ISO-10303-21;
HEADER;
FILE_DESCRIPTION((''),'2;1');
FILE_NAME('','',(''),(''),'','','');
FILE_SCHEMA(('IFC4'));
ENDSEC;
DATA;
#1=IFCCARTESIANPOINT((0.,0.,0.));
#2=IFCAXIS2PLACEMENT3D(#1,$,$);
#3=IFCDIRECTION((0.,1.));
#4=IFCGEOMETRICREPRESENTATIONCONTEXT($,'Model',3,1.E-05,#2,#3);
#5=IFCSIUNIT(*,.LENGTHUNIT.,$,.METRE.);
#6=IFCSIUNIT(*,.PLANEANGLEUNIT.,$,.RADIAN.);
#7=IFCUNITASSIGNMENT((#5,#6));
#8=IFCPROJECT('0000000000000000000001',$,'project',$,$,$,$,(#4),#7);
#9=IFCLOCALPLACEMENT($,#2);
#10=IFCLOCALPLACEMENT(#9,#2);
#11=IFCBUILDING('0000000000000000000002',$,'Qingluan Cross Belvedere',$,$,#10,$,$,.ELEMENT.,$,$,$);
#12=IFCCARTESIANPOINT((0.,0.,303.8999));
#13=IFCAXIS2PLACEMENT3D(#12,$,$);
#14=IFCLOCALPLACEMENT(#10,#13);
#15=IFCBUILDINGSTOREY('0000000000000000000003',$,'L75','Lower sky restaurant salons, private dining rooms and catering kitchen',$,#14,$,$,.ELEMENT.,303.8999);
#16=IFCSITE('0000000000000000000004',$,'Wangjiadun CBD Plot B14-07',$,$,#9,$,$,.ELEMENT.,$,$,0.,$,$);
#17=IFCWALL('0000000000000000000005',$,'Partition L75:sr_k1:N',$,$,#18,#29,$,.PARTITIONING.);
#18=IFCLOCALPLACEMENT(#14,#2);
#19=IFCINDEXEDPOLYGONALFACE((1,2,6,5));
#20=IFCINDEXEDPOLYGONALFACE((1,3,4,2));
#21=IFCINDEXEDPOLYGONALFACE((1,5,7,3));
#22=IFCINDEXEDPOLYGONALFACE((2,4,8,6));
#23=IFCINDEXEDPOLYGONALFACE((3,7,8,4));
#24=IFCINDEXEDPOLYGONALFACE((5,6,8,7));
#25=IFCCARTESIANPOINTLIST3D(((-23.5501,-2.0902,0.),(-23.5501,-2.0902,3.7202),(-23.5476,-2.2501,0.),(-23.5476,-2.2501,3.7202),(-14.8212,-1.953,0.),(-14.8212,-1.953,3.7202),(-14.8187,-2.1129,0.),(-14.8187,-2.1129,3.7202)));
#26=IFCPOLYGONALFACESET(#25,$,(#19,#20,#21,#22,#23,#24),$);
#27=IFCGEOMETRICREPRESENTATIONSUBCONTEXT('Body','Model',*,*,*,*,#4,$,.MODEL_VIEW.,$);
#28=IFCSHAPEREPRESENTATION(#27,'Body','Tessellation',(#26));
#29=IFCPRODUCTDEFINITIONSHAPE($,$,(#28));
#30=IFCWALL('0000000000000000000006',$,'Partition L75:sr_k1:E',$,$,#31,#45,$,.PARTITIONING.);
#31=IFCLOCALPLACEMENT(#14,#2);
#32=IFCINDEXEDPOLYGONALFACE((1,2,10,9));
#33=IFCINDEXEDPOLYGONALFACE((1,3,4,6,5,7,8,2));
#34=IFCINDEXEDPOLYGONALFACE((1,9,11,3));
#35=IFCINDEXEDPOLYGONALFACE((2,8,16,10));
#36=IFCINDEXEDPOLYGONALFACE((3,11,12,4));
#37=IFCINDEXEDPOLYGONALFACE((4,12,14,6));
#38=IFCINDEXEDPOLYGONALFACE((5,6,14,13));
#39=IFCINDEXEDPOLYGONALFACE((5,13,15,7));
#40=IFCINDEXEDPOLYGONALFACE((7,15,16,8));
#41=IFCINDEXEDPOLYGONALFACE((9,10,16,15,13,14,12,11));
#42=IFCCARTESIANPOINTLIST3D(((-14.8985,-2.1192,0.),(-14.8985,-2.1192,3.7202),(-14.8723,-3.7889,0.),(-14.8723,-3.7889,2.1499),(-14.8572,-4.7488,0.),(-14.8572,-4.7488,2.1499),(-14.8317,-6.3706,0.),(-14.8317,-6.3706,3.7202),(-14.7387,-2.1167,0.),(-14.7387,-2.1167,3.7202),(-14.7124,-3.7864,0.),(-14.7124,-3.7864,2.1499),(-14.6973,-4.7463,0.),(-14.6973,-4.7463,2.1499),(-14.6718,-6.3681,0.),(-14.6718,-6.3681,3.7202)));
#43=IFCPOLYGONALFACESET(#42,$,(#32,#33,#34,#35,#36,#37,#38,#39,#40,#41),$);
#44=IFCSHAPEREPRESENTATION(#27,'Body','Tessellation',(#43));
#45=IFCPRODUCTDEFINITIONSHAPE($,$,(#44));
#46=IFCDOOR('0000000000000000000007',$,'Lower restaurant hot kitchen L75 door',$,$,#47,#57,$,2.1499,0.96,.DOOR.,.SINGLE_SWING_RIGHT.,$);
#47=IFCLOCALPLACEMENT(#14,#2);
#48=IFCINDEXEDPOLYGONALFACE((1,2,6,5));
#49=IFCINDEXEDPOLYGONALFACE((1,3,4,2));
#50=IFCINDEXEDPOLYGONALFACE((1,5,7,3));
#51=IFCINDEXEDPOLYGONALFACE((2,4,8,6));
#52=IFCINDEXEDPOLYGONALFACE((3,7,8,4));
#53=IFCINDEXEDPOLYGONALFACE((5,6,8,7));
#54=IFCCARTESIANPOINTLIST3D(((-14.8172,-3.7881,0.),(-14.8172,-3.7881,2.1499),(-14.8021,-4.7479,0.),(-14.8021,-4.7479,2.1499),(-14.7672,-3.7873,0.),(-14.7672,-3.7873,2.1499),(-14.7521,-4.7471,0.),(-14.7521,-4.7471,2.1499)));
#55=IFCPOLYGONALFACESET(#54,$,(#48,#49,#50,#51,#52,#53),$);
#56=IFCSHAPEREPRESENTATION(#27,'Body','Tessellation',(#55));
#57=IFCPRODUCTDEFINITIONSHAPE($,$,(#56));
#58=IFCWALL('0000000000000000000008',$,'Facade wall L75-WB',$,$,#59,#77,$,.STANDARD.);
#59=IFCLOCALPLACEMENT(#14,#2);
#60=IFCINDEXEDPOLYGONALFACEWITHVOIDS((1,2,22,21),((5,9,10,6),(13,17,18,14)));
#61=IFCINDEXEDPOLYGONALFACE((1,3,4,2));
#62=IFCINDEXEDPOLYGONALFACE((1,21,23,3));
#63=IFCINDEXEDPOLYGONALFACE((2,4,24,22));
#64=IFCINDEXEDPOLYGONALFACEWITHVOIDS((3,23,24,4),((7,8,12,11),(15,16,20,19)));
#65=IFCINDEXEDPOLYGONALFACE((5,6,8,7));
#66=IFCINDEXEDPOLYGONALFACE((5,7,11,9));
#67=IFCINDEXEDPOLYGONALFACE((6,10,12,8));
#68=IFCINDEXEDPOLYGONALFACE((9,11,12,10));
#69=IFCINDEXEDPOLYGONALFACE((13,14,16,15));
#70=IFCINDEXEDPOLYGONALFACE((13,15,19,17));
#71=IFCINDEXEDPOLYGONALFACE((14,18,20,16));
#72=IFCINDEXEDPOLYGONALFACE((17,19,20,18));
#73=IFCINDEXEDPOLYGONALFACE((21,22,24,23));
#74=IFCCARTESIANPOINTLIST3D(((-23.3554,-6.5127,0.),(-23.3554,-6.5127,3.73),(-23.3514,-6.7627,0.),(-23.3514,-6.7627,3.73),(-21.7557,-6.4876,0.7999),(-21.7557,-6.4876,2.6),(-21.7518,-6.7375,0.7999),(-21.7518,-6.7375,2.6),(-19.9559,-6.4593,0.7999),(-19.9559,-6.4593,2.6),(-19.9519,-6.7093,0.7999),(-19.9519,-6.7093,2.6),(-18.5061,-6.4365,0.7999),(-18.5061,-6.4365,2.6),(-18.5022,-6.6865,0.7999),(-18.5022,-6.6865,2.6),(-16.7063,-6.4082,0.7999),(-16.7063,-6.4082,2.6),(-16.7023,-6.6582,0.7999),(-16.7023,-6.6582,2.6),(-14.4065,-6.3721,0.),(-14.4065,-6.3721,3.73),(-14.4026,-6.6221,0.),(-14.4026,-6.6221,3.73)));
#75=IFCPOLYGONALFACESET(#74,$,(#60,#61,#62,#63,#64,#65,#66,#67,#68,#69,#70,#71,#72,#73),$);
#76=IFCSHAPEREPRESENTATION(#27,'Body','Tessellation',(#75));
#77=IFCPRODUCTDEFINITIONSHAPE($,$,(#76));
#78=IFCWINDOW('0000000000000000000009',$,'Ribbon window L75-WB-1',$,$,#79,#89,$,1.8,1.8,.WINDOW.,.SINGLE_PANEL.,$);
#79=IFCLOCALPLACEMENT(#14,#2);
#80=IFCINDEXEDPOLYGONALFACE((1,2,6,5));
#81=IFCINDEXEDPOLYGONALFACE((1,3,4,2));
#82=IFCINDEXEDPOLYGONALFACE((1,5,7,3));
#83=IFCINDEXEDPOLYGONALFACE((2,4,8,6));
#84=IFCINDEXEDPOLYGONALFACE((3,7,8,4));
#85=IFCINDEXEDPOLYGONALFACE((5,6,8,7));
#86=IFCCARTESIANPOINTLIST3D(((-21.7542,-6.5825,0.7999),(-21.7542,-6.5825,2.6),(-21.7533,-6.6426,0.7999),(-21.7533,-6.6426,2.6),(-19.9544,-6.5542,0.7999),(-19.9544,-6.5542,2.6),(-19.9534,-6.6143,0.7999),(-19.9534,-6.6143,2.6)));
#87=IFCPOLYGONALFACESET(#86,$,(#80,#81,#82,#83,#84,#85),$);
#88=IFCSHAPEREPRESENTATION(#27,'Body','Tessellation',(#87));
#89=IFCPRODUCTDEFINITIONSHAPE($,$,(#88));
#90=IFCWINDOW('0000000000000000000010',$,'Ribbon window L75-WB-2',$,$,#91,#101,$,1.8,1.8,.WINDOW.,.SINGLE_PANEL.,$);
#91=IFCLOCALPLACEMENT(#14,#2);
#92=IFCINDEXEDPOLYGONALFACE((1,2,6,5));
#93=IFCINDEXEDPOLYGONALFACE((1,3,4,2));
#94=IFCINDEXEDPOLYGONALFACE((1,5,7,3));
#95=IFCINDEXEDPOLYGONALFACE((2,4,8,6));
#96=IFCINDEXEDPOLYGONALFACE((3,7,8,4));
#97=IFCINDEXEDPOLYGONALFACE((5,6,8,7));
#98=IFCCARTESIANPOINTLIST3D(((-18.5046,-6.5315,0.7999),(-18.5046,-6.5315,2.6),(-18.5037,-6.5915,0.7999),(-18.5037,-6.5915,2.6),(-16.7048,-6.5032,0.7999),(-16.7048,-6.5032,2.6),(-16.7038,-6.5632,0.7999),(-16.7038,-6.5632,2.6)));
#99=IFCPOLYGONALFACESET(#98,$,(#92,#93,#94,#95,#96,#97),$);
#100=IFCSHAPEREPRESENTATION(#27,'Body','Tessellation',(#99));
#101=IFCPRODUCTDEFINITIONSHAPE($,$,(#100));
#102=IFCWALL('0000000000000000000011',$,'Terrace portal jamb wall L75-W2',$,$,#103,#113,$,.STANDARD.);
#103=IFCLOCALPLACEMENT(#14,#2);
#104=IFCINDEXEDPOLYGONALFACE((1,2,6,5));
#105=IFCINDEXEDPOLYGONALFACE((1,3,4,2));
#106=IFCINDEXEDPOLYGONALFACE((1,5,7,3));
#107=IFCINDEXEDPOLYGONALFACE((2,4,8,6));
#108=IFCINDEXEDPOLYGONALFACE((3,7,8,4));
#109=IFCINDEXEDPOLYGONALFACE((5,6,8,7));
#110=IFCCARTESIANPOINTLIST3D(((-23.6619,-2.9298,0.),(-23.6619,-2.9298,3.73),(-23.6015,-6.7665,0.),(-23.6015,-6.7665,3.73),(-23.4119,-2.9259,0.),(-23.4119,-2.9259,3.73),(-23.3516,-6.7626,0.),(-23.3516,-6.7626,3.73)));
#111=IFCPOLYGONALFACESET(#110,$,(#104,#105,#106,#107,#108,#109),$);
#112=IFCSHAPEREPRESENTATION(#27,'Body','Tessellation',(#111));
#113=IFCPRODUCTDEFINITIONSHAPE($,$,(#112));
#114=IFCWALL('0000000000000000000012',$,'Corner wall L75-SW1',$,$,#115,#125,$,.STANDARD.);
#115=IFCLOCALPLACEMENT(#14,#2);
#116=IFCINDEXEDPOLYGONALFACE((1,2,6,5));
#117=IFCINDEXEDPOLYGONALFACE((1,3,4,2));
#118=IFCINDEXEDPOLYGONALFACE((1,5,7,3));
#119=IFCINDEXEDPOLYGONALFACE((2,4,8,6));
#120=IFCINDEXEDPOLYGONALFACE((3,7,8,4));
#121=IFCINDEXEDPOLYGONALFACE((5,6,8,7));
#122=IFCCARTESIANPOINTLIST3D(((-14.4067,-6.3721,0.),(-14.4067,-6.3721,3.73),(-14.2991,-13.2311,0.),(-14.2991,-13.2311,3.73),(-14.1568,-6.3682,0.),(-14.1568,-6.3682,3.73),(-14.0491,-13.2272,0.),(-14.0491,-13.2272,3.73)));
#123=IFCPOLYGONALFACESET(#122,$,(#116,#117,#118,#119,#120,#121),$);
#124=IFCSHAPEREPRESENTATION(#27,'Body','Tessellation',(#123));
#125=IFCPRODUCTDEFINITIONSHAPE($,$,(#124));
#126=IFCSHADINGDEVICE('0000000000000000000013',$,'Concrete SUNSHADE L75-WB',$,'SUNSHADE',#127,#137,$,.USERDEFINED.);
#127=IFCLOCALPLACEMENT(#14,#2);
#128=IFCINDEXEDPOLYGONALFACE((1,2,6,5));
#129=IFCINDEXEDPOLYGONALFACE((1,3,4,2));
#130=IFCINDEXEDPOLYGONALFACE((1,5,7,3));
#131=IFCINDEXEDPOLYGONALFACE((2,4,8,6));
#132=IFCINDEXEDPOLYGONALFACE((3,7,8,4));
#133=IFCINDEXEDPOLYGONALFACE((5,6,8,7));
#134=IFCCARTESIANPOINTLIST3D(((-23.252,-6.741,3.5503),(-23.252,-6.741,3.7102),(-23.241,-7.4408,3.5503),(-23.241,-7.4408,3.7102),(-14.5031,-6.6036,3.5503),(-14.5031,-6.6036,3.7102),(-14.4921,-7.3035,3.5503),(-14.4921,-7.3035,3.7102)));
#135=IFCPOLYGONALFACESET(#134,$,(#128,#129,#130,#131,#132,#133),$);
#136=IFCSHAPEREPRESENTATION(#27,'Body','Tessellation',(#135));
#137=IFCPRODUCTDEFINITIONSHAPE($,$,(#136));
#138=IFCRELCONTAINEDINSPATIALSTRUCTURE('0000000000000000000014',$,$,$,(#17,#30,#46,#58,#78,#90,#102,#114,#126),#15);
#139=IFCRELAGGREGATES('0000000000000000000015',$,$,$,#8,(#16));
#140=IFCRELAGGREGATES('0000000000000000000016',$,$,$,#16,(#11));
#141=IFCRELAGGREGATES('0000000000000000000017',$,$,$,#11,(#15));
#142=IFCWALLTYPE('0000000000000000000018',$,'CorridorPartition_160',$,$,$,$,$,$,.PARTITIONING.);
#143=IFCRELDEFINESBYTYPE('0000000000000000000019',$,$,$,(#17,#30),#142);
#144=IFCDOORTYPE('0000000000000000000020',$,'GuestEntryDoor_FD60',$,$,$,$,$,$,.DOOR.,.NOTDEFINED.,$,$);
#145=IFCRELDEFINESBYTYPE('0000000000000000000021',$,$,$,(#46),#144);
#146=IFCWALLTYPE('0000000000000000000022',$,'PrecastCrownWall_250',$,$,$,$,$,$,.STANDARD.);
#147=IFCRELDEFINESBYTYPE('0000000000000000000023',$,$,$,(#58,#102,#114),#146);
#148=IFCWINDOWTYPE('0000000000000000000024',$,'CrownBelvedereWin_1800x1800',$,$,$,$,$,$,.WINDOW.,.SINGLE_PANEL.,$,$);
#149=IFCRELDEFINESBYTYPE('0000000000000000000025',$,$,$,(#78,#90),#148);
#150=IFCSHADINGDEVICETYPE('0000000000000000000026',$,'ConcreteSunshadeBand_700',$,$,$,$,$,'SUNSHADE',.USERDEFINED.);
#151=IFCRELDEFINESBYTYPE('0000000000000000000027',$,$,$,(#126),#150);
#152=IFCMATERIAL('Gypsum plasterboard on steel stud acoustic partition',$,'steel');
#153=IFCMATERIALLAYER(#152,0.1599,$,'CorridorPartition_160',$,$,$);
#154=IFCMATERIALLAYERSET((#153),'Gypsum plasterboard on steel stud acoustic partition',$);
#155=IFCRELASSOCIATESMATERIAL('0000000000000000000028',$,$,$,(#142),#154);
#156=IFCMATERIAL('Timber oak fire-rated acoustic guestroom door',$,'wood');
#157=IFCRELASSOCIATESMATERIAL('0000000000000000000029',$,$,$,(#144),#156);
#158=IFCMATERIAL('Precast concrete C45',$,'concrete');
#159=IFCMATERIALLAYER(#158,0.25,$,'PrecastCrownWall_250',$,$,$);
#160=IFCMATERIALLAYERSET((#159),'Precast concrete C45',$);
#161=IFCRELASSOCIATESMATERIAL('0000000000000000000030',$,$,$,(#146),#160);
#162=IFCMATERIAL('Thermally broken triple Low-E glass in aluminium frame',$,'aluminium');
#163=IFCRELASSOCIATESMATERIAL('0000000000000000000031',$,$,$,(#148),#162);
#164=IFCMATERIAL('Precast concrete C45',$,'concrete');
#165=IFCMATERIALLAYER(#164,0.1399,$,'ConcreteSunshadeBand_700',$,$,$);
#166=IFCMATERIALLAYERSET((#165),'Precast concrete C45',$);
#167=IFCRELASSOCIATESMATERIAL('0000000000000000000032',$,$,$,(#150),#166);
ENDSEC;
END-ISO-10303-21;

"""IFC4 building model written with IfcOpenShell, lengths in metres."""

from ifc_helpers import new_model, si_unit, direction, frame, frame_2d, origin, origin_2d, place, context, subcontext, project, spatial, rectangle, extrude, material, layer, layer_set, type_object, element, fill, save


model = new_model("IFC4")

# Units and contexts
model_context = context("Model", 3, precision=1e-05, world=origin(), true_north=direction((0.0, 1.0)))
body_context = subcontext(model_context, "Body", "Model", "MODEL_VIEW")
ifc_project = project(units=[si_unit("LENGTHUNIT", "METRE"), si_unit("PLANEANGLEUNIT", "RADIAN")], contexts=[model_context])

# Site, building, storey
site_placement = place(None, origin())
site = spatial("IfcSite", under=ifc_project, at=site_placement, Name="Wangjiadun CBD Plot B14-07", CompositionType="ELEMENT", RefElevation=0.0)
building_placement = place(site_placement, origin())
building = spatial("IfcBuilding", under=site, at=building_placement, Name="Qingluan Cross Belvedere", CompositionType="ELEMENT")
storey_placement = place(building_placement, frame((0.0, 0.0, 303.8999)))
storey = spatial("IfcBuildingStorey", under=building, at=storey_placement, Name="L75", Description="Lower sky restaurant salons, private dining rooms and catering kitchen", CompositionType="ELEMENT", Elevation=303.8999)

# Wall
ifc_material_1 = material(Name="Gypsum plasterboard on steel stud acoustic partition", Category="steel")
ifc_layer_1 = layer(ifc_material_1, 0.1599, Name="CorridorPartition_160")
ifc_layer_set_1 = layer_set([ifc_layer_1], Name="Gypsum plasterboard on steel stud acoustic partition")
wall_type_1 = type_object("IfcWallType", Name="CorridorPartition_160", PredefinedType="PARTITIONING", material=ifc_layer_set_1)
wall_1_placement = place(storey_placement, frame((-23.5488, -2.1702, 0.0), z_axis=(0.0, 0.0, 1.0), x_axis=(0.999876, 0.015717, 0.0)))
element("IfcWall", 1, at=wall_1_placement, inside=storey, type_object=wall_type_1, Name="Partition L75:sr_k1:N", PredefinedType="PARTITIONING", context=body_context, shape_type="SweptSolid", body=[
    extrude(rectangle(XDim=8.73, YDim=0.1599, at=frame_2d((4.365, 0.0))), origin(), (0.0, 0.0, 1.0), 3.7202),
])

# Wall, opening, door
wall_2_placement = place(storey_placement, frame((-14.7517, -6.3694, 0.0), z_axis=(0.0, 0.0, 1.0), x_axis=(-0.015733, 0.999876, 0.0)))
wall_2 = element("IfcWall", 2, at=wall_2_placement, inside=storey, type_object=wall_type_1, Name="Partition L75:sr_k1:E", PredefinedType="PARTITIONING", context=body_context, shape_type="SweptSolid", body=[
    extrude(rectangle(XDim=4.252, YDim=0.1599, at=frame_2d((2.126, 0.0))), origin(), (0.0, 0.0, 1.0), 3.7202),
])
opening_1_placement = place(wall_2_placement, frame((1.6221, 0.0, 0.0)))
opening_1 = element("IfcOpeningElement", 3, at=opening_1_placement, cuts=wall_2, PredefinedType="OPENING", context=body_context, shape_type="SweptSolid", body=[
    extrude(rectangle(XDim=0.96, YDim=2.1499, at=frame_2d((0.48, 1.075))), frame((0.0, 0.0898, 0.0), z_axis=(0.0, -1.0, 0.0), x_axis=(1.0, 0.0, 0.0)), (0.0, 0.0, 1.0), 0.1799),
])
ifc_material_2 = material(Name="Timber oak fire-rated acoustic guestroom door", Category="wood")
door_type = type_object("IfcDoorType", Name="GuestEntryDoor_FD60", OperationType="NOTDEFINED", PredefinedType="DOOR", material=ifc_material_2)
door_1_placement = place(opening_1_placement, origin())
door_1 = element("IfcDoor", 4, at=door_1_placement, inside=storey, type_object=door_type, Name="Lower restaurant hot kitchen L75 door", OperationType="SINGLE_SWING_RIGHT", OverallHeight=2.1499, OverallWidth=0.96, PredefinedType="DOOR", context=body_context, shape_type="SweptSolid", body=[
    extrude(rectangle(XDim=0.96, YDim=2.1499, at=frame_2d((0.48, 1.075))), frame((0.0, 0.0249, 0.0), z_axis=(0.0, -1.0, 0.0), x_axis=(1.0, 0.0, 0.0)), (0.0, 0.0, 1.0), 0.05),
])
fill(opening_1, door_1)

# Wall, openings, windows
ifc_material_3 = material(Name="Precast concrete C45", Category="concrete")
ifc_layer_2 = layer(ifc_material_3, 0.25, Name="PrecastCrownWall_250")
ifc_layer_set_2 = layer_set([ifc_layer_2], Name="Precast concrete C45")
wall_type_2 = type_object("IfcWallType", Name="PrecastCrownWall_250", PredefinedType="STANDARD", material=ifc_layer_set_2)
wall_3_placement = place(storey_placement, frame((-23.3535, -6.6377, 0.0), z_axis=(0.0, 0.0, 1.0), x_axis=(0.999877, 0.015713, 0.0)))
wall_3 = element("IfcWall", 5, at=wall_3_placement, inside=storey, type_object=wall_type_2, Name="Facade wall L75-WB", PredefinedType="STANDARD", context=body_context, shape_type="SweptSolid", body=[
    extrude(rectangle(XDim=8.95, YDim=0.25, at=frame_2d((4.4751, 0.0))), origin(), (0.0, 0.0, 1.0), 3.73),
])
opening_2_placement = place(wall_3_placement, frame((1.6001, 0.0, 0.8)))
opening_2 = element("IfcOpeningElement", 6, at=opening_2_placement, cuts=wall_3, PredefinedType="OPENING", context=body_context, shape_type="SweptSolid", body=[
    extrude(rectangle(XDim=1.8, YDim=1.8, at=frame_2d((0.8999, 0.8999))), frame((0.0, 0.135, 0.0), z_axis=(0.0, -1.0, 0.0), x_axis=(1.0, 0.0, 0.0)), (0.0, 0.0, 1.0), 0.27),
])
opening_3_placement = place(wall_3_placement, frame((4.8501, 0.0, 0.8)))
opening_3 = element("IfcOpeningElement", 7, at=opening_3_placement, cuts=wall_3, PredefinedType="OPENING", context=body_context, shape_type="SweptSolid", body=[
    extrude(rectangle(XDim=1.8, YDim=1.8, at=frame_2d((0.8999, 0.8999))), frame((0.0, 0.135, 0.0), z_axis=(0.0, -1.0, 0.0), x_axis=(1.0, 0.0, 0.0)), (0.0, 0.0, 1.0), 0.27),
])
ifc_material_4 = material(Name="Thermally broken triple Low-E glass in aluminium frame", Category="aluminium")
window_type = type_object("IfcWindowType", Name="CrownBelvedereWin_1800x1800", PartitioningType="SINGLE_PANEL", PredefinedType="WINDOW", material=ifc_material_4)
window_1_placement = place(opening_2_placement, origin())
window_1 = element("IfcWindow", 8, at=window_1_placement, inside=storey, type_object=window_type, Name="Ribbon window L75-WB-1", OverallHeight=1.8, OverallWidth=1.8, PartitioningType="SINGLE_PANEL", PredefinedType="WINDOW", context=body_context, shape_type="SweptSolid", body=[
    extrude(rectangle(XDim=1.8, YDim=1.8, at=frame_2d((0.8999, 0.8999))), frame((0.0, 0.03, 0.0), z_axis=(0.0, -1.0, 0.0), x_axis=(1.0, 0.0, 0.0)), (0.0, 0.0, 1.0), 0.0601),
])
fill(opening_2, window_1)
window_2_placement = place(opening_3_placement, origin())
window_2 = element("IfcWindow", 9, at=window_2_placement, inside=storey, type_object=window_type, Name="Ribbon window L75-WB-2", OverallHeight=1.8, OverallWidth=1.8, PartitioningType="SINGLE_PANEL", PredefinedType="WINDOW", context=body_context, shape_type="SweptSolid", body=[
    extrude(rectangle(XDim=1.8, YDim=1.8, at=frame_2d((0.8999, 0.8999))), frame((0.0, 0.03, 0.0), z_axis=(0.0, -1.0, 0.0), x_axis=(1.0, 0.0, 0.0)), (0.0, 0.0, 1.0), 0.0601),
])
fill(opening_3, window_2)

# Walls
wall_4_placement = place(storey_placement, frame((-23.5369, -2.928, 0.0), z_axis=(0.0, 0.0, 1.0), x_axis=(0.015716, -0.999877, 0.0)))
element("IfcWall", 10, at=wall_4_placement, inside=storey, type_object=wall_type_2, Name="Terrace portal jamb wall L75-W2", PredefinedType="STANDARD", context=body_context, shape_type="SweptSolid", body=[
    extrude(rectangle(XDim=3.8372, YDim=0.25, at=frame_2d((1.9185, 0.0))), origin(), (0.0, 0.0, 1.0), 3.73),
])
wall_5_placement = place(storey_placement, frame((-14.2817, -6.3701, 0.0), z_axis=(0.0, 0.0, 1.0), x_axis=(0.015695, -0.999877, 0.0)))
element("IfcWall", 11, at=wall_5_placement, inside=storey, type_object=wall_type_2, Name="Corner wall L75-SW1", PredefinedType="STANDARD", context=body_context, shape_type="SweptSolid", body=[
    extrude(rectangle(XDim=6.8599, YDim=0.25, at=frame_2d((3.4299, 0.0))), origin(), (0.0, 0.0, 1.0), 3.73),
])

# Shading device
ifc_material_5 = material(Name="Precast concrete C45", Category="concrete")
ifc_layer_3 = layer(ifc_material_5, 0.1399, Name="ConcreteSunshadeBand_700")
ifc_layer_set_3 = layer_set([ifc_layer_3], Name="Precast concrete C45")
shading_device_type = type_object("IfcShadingDeviceType", Name="ConcreteSunshadeBand_700", ElementType="SUNSHADE", PredefinedType="USERDEFINED", material=ifc_layer_set_3)
shading_device_placement = place(storey_placement, frame((-18.8721, -7.0222, 3.5503), z_axis=(0.0, 0.0, 1.0), x_axis=(0.999877, 0.015698, 0.0)))
element("IfcShadingDevice", 12, at=shading_device_placement, inside=storey, type_object=shading_device_type, Name="Concrete SUNSHADE L75-WB", ObjectType="SUNSHADE", PredefinedType="USERDEFINED", context=body_context, shape_type="SweptSolid", body=[
    extrude(rectangle(XDim=8.75, YDim=0.7, at=origin_2d()), origin(), (0.0, 0.0, 1.0), 0.1599),
])

save(model, "model.ifc")
